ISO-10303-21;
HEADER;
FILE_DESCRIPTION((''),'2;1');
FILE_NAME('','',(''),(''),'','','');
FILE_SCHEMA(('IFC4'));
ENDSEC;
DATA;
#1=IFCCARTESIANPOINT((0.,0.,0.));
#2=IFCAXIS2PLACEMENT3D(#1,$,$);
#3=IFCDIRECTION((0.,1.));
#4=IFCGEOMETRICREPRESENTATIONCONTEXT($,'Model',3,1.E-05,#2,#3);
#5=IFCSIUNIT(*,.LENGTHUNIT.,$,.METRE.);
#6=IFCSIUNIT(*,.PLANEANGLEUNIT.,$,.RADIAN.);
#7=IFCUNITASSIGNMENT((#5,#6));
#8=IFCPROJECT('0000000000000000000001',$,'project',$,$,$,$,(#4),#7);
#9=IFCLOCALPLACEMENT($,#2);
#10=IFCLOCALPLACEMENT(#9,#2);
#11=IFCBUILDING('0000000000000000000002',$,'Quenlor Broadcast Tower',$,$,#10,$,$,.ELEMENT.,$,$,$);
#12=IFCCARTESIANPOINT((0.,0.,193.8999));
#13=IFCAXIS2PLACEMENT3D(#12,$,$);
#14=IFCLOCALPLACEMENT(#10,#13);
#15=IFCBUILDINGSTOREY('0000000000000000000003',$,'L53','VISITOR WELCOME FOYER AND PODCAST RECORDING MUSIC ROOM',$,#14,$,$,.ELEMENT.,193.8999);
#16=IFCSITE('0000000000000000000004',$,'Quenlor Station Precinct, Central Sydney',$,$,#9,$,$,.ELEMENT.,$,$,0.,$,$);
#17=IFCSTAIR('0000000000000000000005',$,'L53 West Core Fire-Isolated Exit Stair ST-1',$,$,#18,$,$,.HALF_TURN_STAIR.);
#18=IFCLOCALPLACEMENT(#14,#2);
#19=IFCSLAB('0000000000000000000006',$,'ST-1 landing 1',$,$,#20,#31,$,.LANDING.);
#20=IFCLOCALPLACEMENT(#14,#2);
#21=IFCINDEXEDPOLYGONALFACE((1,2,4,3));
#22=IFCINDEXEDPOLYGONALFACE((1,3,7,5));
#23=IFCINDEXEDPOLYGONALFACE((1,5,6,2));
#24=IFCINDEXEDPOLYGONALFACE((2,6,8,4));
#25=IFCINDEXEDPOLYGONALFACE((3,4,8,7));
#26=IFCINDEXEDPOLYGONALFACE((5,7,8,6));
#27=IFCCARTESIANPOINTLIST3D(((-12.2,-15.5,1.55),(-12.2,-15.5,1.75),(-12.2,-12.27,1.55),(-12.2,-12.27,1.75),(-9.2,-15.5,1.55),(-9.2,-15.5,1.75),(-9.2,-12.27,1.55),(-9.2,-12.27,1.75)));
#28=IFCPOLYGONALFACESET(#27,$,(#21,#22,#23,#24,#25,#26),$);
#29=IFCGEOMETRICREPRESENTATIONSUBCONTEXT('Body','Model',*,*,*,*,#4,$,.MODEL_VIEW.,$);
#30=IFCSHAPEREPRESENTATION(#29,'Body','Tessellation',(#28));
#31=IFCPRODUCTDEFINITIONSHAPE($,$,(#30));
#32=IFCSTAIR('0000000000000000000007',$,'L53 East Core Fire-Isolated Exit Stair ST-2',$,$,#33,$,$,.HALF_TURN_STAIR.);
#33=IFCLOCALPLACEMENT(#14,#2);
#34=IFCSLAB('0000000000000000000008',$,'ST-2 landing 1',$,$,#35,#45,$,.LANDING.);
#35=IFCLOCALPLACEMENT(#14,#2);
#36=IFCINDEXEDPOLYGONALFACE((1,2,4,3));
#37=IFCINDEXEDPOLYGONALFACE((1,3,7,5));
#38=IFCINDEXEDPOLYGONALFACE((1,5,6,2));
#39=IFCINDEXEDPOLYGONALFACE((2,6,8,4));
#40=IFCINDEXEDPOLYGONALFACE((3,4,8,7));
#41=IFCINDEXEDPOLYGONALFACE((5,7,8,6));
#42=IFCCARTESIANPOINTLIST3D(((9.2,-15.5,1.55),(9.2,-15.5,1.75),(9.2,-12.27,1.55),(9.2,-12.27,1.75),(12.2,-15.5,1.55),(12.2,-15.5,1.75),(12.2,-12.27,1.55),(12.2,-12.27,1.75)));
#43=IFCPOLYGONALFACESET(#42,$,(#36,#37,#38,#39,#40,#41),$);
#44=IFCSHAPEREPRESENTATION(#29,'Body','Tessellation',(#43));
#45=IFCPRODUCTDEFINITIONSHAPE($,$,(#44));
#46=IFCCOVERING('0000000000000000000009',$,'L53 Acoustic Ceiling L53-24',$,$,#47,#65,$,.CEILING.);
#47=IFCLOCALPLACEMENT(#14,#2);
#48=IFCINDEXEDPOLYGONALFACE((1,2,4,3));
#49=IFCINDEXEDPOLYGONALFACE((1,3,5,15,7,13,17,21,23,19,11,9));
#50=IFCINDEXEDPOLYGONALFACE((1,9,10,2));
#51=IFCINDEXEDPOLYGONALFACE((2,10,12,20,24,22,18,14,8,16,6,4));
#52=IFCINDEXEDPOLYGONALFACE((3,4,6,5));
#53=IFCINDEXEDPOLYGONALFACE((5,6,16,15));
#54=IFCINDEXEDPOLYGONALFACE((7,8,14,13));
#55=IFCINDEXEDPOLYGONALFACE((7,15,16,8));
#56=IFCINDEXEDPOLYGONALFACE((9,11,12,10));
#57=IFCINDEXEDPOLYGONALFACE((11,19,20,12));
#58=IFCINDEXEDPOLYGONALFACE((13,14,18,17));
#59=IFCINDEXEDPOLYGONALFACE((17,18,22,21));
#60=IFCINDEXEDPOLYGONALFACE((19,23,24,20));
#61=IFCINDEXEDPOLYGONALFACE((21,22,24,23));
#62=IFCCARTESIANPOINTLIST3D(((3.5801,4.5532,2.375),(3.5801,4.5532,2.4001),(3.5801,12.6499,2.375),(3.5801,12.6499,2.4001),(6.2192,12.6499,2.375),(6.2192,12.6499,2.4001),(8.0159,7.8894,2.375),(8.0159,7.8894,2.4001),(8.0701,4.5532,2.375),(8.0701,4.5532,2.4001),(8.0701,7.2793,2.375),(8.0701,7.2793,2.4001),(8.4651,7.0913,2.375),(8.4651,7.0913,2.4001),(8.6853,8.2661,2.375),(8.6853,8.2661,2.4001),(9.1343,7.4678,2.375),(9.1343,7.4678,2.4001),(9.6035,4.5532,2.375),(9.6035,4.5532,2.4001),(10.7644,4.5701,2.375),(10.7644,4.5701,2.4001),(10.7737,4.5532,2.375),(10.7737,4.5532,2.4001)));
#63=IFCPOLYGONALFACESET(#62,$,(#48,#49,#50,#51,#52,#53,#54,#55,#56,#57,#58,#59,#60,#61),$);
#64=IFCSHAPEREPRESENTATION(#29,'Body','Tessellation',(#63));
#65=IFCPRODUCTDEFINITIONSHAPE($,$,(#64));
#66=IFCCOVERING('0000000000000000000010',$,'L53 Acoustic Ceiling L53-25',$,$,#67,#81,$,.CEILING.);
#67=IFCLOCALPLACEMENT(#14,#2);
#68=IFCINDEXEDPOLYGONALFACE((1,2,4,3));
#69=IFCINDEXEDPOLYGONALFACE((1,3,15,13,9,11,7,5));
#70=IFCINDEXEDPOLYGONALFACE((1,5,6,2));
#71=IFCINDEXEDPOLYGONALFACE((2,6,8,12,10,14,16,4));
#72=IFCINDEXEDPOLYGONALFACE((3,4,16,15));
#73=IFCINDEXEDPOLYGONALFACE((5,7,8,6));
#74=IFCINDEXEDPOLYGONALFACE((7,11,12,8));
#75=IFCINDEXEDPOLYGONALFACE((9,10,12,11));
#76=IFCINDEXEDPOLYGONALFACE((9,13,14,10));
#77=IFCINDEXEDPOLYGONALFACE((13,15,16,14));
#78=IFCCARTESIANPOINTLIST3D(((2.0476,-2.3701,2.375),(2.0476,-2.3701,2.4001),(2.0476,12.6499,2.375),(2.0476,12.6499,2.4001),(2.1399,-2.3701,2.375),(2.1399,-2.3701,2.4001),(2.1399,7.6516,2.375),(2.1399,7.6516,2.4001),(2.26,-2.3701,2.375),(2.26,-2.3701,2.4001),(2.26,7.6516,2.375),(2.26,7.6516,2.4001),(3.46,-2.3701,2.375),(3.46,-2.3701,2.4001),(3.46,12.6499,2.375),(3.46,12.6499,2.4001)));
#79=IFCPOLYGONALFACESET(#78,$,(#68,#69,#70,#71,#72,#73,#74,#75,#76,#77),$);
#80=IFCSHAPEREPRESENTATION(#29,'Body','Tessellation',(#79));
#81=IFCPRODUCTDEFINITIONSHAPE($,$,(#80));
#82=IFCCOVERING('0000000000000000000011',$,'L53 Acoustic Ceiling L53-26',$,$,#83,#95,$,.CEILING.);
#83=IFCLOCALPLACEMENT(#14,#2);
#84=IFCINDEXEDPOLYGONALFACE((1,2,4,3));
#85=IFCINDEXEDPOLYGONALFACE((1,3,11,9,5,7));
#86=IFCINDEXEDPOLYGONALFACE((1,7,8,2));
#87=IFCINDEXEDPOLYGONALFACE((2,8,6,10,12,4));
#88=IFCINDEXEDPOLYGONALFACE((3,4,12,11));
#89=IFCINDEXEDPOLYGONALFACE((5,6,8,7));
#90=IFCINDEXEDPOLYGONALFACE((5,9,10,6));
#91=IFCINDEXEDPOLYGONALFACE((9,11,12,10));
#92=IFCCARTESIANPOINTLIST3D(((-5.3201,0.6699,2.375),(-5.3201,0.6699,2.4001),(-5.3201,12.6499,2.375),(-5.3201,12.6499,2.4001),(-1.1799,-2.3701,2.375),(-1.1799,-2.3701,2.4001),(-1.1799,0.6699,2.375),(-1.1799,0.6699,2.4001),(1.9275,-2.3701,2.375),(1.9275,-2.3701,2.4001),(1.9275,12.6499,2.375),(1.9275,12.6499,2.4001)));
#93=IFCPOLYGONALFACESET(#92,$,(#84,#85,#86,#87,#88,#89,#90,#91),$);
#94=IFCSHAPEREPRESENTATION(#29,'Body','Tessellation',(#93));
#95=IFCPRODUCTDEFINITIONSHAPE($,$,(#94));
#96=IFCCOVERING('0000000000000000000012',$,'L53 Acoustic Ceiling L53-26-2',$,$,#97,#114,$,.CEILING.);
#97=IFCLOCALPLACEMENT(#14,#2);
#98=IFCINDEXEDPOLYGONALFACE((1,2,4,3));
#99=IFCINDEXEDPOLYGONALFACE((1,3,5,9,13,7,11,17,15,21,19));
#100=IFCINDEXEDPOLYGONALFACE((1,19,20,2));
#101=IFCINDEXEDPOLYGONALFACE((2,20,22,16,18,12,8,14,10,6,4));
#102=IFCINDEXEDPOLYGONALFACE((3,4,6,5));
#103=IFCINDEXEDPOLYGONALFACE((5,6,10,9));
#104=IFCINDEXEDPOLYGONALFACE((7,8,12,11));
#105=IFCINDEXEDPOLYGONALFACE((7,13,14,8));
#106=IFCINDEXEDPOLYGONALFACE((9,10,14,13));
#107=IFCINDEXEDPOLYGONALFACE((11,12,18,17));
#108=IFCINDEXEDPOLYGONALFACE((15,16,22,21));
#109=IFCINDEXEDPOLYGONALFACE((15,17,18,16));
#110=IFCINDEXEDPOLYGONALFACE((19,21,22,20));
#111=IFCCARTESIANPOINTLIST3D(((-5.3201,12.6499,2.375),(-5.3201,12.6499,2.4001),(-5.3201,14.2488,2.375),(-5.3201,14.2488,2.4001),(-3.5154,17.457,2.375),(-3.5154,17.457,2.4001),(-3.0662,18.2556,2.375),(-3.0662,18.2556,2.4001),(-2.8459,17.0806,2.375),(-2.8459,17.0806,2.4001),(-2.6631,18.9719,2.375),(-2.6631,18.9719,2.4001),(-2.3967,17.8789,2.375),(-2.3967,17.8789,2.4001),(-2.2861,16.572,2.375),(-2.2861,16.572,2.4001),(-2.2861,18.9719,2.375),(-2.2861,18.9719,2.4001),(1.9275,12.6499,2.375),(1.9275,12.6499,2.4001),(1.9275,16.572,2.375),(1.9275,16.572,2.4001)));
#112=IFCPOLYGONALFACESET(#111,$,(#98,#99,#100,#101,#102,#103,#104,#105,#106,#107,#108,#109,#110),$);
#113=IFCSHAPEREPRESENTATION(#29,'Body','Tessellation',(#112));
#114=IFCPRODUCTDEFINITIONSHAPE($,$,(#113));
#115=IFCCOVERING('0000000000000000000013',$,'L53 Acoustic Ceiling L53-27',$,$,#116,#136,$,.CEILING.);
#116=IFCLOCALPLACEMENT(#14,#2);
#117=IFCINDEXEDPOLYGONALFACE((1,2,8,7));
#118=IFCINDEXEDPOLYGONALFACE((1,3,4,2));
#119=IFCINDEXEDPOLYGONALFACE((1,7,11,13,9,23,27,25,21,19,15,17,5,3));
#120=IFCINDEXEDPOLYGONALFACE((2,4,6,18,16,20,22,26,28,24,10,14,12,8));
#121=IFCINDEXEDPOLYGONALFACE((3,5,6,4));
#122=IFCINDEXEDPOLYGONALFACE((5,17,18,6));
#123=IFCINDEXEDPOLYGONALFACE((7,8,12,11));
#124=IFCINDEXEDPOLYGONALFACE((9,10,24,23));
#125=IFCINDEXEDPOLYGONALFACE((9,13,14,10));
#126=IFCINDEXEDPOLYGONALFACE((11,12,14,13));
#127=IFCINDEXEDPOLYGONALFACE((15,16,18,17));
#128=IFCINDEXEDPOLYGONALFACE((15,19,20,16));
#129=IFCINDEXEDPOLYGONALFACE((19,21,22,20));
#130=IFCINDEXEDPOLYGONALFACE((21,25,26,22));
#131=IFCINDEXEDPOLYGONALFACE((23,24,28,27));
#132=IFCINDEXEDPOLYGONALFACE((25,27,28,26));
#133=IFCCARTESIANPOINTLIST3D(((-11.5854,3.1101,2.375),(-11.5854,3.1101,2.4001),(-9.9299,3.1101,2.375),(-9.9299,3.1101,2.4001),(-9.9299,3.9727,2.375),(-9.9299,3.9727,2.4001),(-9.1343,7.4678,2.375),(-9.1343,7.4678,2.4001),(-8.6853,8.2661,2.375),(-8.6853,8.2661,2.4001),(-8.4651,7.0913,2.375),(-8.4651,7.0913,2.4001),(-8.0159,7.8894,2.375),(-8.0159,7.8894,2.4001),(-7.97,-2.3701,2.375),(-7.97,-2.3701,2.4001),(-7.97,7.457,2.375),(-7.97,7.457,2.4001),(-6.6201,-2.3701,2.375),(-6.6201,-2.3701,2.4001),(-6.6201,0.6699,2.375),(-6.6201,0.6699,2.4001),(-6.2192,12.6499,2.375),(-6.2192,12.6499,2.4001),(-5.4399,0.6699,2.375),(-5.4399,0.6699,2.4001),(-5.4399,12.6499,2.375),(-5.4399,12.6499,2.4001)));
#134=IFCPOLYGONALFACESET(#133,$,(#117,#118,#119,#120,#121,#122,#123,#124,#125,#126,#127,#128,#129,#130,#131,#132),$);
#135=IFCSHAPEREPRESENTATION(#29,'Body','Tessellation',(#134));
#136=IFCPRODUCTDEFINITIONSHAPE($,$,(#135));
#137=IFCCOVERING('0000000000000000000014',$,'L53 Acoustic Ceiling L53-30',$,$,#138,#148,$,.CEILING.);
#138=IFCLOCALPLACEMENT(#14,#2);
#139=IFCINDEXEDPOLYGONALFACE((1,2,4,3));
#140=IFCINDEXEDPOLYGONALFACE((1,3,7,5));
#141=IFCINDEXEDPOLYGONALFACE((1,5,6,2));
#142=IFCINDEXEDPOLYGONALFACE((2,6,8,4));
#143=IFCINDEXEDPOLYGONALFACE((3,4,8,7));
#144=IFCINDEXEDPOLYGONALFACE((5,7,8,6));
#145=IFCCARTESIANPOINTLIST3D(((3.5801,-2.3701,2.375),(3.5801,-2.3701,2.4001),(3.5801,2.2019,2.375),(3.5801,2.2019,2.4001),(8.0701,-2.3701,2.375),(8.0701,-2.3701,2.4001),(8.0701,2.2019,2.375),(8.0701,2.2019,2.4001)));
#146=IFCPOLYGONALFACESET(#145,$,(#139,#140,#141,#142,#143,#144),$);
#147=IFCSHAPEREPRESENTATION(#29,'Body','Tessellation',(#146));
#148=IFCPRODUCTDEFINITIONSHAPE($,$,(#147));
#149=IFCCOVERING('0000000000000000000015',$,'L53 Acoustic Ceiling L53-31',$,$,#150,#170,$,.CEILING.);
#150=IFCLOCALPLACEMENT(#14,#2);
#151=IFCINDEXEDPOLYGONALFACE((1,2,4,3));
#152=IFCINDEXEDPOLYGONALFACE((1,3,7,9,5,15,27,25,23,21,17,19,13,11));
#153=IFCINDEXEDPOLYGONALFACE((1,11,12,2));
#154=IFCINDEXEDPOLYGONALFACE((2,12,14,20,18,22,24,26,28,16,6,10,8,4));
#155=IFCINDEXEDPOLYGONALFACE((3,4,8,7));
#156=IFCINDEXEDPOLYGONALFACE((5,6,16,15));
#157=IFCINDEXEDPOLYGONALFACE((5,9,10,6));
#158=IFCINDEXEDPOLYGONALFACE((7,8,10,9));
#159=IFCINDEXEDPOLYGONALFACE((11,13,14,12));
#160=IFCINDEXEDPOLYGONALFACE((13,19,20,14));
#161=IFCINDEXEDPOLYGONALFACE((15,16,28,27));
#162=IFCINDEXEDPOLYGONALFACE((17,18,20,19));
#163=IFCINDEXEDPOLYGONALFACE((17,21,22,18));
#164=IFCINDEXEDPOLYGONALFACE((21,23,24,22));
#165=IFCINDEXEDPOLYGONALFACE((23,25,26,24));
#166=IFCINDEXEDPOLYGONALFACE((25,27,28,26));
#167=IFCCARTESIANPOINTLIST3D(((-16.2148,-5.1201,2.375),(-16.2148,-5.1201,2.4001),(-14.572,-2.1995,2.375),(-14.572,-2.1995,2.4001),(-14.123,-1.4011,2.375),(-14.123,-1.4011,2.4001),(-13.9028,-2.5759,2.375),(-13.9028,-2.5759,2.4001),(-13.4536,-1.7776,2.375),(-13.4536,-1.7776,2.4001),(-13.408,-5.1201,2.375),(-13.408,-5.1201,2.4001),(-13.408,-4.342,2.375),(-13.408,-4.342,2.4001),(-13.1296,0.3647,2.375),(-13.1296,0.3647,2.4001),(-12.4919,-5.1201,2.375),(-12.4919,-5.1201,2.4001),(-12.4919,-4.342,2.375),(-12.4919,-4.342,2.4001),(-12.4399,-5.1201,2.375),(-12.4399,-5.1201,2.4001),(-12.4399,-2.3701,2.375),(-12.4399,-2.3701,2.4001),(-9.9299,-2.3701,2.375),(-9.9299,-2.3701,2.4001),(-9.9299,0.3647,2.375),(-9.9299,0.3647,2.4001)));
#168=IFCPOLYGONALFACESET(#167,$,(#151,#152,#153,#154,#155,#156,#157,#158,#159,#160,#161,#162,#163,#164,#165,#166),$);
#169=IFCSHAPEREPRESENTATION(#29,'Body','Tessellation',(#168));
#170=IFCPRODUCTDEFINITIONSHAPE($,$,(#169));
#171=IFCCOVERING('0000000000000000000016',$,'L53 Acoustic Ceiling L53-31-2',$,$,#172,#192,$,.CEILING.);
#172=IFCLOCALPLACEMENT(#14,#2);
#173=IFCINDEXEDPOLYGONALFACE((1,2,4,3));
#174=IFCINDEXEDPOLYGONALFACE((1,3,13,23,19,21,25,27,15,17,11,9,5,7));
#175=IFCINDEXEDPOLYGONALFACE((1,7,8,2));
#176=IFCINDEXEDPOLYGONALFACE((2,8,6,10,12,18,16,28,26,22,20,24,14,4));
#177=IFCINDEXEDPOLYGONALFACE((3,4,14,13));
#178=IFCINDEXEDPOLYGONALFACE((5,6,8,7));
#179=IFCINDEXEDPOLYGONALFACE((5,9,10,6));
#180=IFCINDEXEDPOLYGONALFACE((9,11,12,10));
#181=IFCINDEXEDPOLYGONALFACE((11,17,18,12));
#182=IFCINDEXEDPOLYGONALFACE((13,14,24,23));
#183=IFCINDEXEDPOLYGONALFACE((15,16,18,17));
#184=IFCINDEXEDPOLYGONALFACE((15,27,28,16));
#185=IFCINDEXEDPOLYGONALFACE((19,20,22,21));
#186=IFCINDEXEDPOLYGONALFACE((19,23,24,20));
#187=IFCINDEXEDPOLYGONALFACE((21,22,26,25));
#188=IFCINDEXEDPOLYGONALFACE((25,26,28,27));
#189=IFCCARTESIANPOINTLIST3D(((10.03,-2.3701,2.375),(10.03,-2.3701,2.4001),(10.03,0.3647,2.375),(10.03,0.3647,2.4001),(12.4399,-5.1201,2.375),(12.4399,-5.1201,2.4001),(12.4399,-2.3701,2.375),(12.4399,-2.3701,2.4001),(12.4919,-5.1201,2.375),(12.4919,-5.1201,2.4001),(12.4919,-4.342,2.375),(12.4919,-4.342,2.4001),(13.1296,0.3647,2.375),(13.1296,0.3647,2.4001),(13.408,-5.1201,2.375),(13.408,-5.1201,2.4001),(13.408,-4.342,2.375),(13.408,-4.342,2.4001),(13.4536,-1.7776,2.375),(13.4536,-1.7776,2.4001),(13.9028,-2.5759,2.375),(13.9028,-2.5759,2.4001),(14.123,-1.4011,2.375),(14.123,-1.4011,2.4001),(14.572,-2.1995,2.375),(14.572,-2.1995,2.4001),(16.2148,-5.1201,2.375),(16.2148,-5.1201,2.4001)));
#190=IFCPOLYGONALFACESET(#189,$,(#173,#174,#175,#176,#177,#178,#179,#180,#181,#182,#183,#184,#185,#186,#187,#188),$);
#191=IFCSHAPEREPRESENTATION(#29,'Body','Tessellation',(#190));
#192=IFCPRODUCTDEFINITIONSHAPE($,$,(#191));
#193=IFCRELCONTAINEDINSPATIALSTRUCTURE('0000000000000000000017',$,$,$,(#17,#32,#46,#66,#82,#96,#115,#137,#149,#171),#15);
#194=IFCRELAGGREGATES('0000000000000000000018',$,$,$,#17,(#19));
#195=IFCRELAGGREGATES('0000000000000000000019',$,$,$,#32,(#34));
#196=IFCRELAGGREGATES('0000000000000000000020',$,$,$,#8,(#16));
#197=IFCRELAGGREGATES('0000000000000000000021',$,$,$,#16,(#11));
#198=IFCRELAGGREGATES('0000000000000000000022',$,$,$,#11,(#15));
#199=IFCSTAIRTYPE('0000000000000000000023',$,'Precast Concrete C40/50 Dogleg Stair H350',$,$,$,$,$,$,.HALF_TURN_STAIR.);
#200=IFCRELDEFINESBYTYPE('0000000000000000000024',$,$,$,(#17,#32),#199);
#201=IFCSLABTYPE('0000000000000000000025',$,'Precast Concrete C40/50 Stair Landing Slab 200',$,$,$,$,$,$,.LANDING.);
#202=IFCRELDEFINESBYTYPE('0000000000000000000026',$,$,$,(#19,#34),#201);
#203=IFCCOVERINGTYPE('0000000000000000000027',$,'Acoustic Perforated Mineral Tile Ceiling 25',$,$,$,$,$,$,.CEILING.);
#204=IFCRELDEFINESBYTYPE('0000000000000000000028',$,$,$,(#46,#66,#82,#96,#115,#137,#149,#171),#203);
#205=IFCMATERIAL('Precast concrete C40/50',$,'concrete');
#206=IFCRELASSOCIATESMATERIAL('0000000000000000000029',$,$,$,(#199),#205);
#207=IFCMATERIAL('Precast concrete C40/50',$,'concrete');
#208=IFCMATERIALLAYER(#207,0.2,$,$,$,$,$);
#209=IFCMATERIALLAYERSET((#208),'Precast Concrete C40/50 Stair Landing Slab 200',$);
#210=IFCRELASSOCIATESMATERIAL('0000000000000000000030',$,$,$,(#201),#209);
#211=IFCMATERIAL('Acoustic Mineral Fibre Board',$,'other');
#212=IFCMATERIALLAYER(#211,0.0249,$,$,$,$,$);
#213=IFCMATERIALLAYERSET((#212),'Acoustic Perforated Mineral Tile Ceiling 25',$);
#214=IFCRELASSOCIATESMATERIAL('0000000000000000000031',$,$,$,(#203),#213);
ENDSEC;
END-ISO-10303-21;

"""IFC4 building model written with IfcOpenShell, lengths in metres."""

from ifc_helpers import new_model, si_unit, direction, frame, origin, place, context, subcontext, project, spatial, polyline, outline, extrude, material, layer, layer_set, type_object, element, aggregate, save


model = new_model("IFC4")

# Units and contexts
model_context = context("Model", 3, precision=1e-05, world=origin(), true_north=direction((0.0, 1.0)))
body_context = subcontext(model_context, "Body", "Model", "MODEL_VIEW")
ifc_project = project(units=[si_unit("LENGTHUNIT", "METRE"), si_unit("PLANEANGLEUNIT", "RADIAN")], contexts=[model_context])

# Site, building, storey
site_placement = place(None, origin())
site = spatial("IfcSite", under=ifc_project, at=site_placement, Name="Quenlor Station Precinct, Central Sydney", CompositionType="ELEMENT", RefElevation=0.0)
building_placement = place(site_placement, origin())
building = spatial("IfcBuilding", under=site, at=building_placement, Name="Quenlor Broadcast Tower", CompositionType="ELEMENT")
storey_placement = place(building_placement, frame((0.0, 0.0, 193.8999)))
storey = spatial("IfcBuildingStorey", under=building, at=storey_placement, Name="L53", Description="VISITOR WELCOME FOYER AND PODCAST RECORDING MUSIC ROOM", CompositionType="ELEMENT", Elevation=193.8999)

# Stairs, slabs
ifc_material_1 = material(Name="Precast concrete C40/50", Category="concrete")
stair_type = type_object("IfcStairType", Name="Precast Concrete C40/50 Dogleg Stair H350", PredefinedType="HALF_TURN_STAIR", material=ifc_material_1)
stair_1_placement = place(storey_placement, origin())
stair_1 = element("IfcStair", 1, at=stair_1_placement, inside=storey, type_object=stair_type, Name="L53 West Core Fire-Isolated Exit Stair ST-1", PredefinedType="HALF_TURN_STAIR")
ifc_material_2 = material(Name="Precast concrete C40/50", Category="concrete")
ifc_layer_1 = layer(ifc_material_2, 0.2)
ifc_layer_set_1 = layer_set([ifc_layer_1], Name="Precast Concrete C40/50 Stair Landing Slab 200")
slab_type = type_object("IfcSlabType", Name="Precast Concrete C40/50 Stair Landing Slab 200", PredefinedType="LANDING", material=ifc_layer_set_1)
slab_1_placement = place(storey_placement, frame((0.0, 0.0, 1.55)))
slab_1 = element("IfcSlab", 2, at=slab_1_placement, type_object=slab_type, Name="ST-1 landing 1", PredefinedType="LANDING", context=body_context, shape_type="SweptSolid", body=[
    extrude(outline(polyline([(-12.2, -12.27), (-12.2, -15.5), (-9.2, -15.5), (-9.2, -12.27), (-12.2, -12.27)])), origin(), (0.0, 0.0, 1.0), 0.2),
])
aggregate(stair_1, [slab_1])
stair_2_placement = place(storey_placement, origin())
stair_2 = element("IfcStair", 3, at=stair_2_placement, inside=storey, type_object=stair_type, Name="L53 East Core Fire-Isolated Exit Stair ST-2", PredefinedType="HALF_TURN_STAIR")
slab_2_placement = place(storey_placement, frame((0.0, 0.0, 1.55)))
slab_2 = element("IfcSlab", 4, at=slab_2_placement, type_object=slab_type, Name="ST-2 landing 1", PredefinedType="LANDING", context=body_context, shape_type="SweptSolid", body=[
    extrude(outline(polyline([(9.2, -12.27), (9.2, -15.5), (12.2, -15.5), (12.2, -12.27), (9.2, -12.27)])), origin(), (0.0, 0.0, 1.0), 0.2),
])
aggregate(stair_2, [slab_2])

# Coverings
ifc_material_3 = material(Name="Acoustic Mineral Fibre Board", Category="other")
ifc_layer_2 = layer(ifc_material_3, 0.0249)
ifc_layer_set_2 = layer_set([ifc_layer_2], Name="Acoustic Perforated Mineral Tile Ceiling 25")
covering_type_1 = type_object("IfcCoveringType", Name="Acoustic Perforated Mineral Tile Ceiling 25", PredefinedType="CEILING", material=ifc_layer_set_2)
covering_1_placement = place(storey_placement, frame((0.0, 0.0, 2.375)))
element("IfcCovering", 5, at=covering_1_placement, inside=storey, type_object=covering_type_1, Name="L53 Acoustic Ceiling L53-24", PredefinedType="CEILING", context=body_context, shape_type="SweptSolid", body=[
    extrude(outline(polyline([(3.5801, 12.6499), (6.2192, 12.6499), (8.6853, 8.2661), (8.0159, 7.8894), (8.4651, 7.0913), (9.1343, 7.4678), (10.7644, 4.5701), (10.7737, 4.5532), (9.6035, 4.5532), (8.0701, 7.2793), (8.0701, 4.5532), (3.5801, 4.5532), (3.5801, 12.6499)])), origin(), (0.0, 0.0, 1.0), 0.0251),
])
covering_2_placement = place(storey_placement, frame((0.0, 0.0, 2.375)))
element("IfcCovering", 6, at=covering_2_placement, inside=storey, type_object=covering_type_1, Name="L53 Acoustic Ceiling L53-25", PredefinedType="CEILING", context=body_context, shape_type="SweptSolid", body=[
    extrude(outline(polyline([(3.46, -2.3701), (2.26, -2.3701), (2.26, 7.6516), (2.1399, 7.6516), (2.1399, -2.3701), (2.0476, -2.3701), (2.0476, 12.6499), (3.46, 12.6499), (3.46, -2.3701)])), origin(), (0.0, 0.0, 1.0), 0.0251),
])
covering_3_placement = place(storey_placement, frame((0.0, 0.0, 2.375)))
element("IfcCovering", 7, at=covering_3_placement, inside=storey, type_object=covering_type_1, Name="L53 Acoustic Ceiling L53-26", PredefinedType="CEILING", context=body_context, shape_type="SweptSolid", body=[
    extrude(outline(polyline([(1.9275, -2.3701), (-1.1799, -2.3701), (-1.1799, 0.6699), (-5.3201, 0.6699), (-5.3201, 12.6499), (1.9275, 12.6499), (1.9275, -2.3701)])), origin(), (0.0, 0.0, 1.0), 0.0251),
])
covering_4_placement = place(storey_placement, frame((0.0, 0.0, 2.375)))
element("IfcCovering", 8, at=covering_4_placement, inside=storey, type_object=covering_type_1, Name="L53 Acoustic Ceiling L53-26-2", PredefinedType="CEILING", context=body_context, shape_type="SweptSolid", body=[
    extrude(outline(polyline([(1.9275, 12.6499), (-5.3201, 12.6499), (-5.3201, 14.2488), (-3.5154, 17.457), (-2.8459, 17.0806), (-2.3967, 17.8789), (-3.0662, 18.2556), (-2.6631, 18.9719), (-2.2861, 18.9719), (-2.2861, 16.572), (1.9275, 16.572), (1.9275, 12.6499)])), origin(), (0.0, 0.0, 1.0), 0.0251),
])
covering_5_placement = place(storey_placement, frame((0.0, 0.0, 2.375)))
element("IfcCovering", 9, at=covering_5_placement, inside=storey, type_object=covering_type_1, Name="L53 Acoustic Ceiling L53-27", PredefinedType="CEILING", context=body_context, shape_type="SweptSolid", body=[
    extrude(outline(polyline([(-6.6201, -2.3701), (-7.97, -2.3701), (-7.97, 7.457), (-9.9299, 3.9727), (-9.9299, 3.1101), (-11.5854, 3.1101), (-9.1343, 7.4678), (-8.4651, 7.0913), (-8.0159, 7.8894), (-8.6853, 8.2661), (-6.2192, 12.6499), (-5.4399, 12.6499), (-5.4399, 0.6699), (-6.6201, 0.6699), (-6.6201, -2.3701)])), origin(), (0.0, 0.0, 1.0), 0.0251),
])
covering_6_placement = place(storey_placement, frame((0.0, 0.0, 2.375)))
element("IfcCovering", 10, at=covering_6_placement, inside=storey, type_object=covering_type_1, Name="L53 Acoustic Ceiling L53-30", PredefinedType="CEILING", context=body_context, shape_type="SweptSolid", body=[
    extrude(outline(polyline([(8.0701, 2.2019), (8.0701, -2.3701), (3.5801, -2.3701), (3.5801, 2.2019), (8.0701, 2.2019)])), origin(), (0.0, 0.0, 1.0), 0.0251),
])
covering_7_placement = place(storey_placement, frame((0.0, 0.0, 2.375)))
element("IfcCovering", 11, at=covering_7_placement, inside=storey, type_object=covering_type_1, Name="L53 Acoustic Ceiling L53-31", PredefinedType="CEILING", context=body_context, shape_type="SweptSolid", body=[
    extrude(outline(polyline([(-14.572, -2.1995), (-13.9028, -2.5759), (-13.4536, -1.7776), (-14.123, -1.4011), (-13.1296, 0.3647), (-9.9299, 0.3647), (-9.9299, -2.3701), (-12.4399, -2.3701), (-12.4399, -5.1201), (-12.4919, -5.1201), (-12.4919, -4.342), (-13.408, -4.342), (-13.408, -5.1201), (-16.2148, -5.1201), (-14.572, -2.1995)])), origin(), (0.0, 0.0, 1.0), 0.0251),
])
covering_8_placement = place(storey_placement, frame((0.0, 0.0, 2.375)))
element("IfcCovering", 12, at=covering_8_placement, inside=storey, type_object=covering_type_1, Name="L53 Acoustic Ceiling L53-31-2", PredefinedType="CEILING", context=body_context, shape_type="SweptSolid", body=[
    extrude(outline(polyline([(13.408, -4.342), (12.4919, -4.342), (12.4919, -5.1201), (12.4399, -5.1201), (12.4399, -2.3701), (10.03, -2.3701), (10.03, 0.3647), (13.1296, 0.3647), (14.123, -1.4011), (13.4536, -1.7776), (13.9028, -2.5759), (14.572, -2.1995), (16.2148, -5.1201), (13.408, -5.1201), (13.408, -4.342)])), origin(), (0.0, 0.0, 1.0), 0.0251),
])

save(model, "model.ifc")
